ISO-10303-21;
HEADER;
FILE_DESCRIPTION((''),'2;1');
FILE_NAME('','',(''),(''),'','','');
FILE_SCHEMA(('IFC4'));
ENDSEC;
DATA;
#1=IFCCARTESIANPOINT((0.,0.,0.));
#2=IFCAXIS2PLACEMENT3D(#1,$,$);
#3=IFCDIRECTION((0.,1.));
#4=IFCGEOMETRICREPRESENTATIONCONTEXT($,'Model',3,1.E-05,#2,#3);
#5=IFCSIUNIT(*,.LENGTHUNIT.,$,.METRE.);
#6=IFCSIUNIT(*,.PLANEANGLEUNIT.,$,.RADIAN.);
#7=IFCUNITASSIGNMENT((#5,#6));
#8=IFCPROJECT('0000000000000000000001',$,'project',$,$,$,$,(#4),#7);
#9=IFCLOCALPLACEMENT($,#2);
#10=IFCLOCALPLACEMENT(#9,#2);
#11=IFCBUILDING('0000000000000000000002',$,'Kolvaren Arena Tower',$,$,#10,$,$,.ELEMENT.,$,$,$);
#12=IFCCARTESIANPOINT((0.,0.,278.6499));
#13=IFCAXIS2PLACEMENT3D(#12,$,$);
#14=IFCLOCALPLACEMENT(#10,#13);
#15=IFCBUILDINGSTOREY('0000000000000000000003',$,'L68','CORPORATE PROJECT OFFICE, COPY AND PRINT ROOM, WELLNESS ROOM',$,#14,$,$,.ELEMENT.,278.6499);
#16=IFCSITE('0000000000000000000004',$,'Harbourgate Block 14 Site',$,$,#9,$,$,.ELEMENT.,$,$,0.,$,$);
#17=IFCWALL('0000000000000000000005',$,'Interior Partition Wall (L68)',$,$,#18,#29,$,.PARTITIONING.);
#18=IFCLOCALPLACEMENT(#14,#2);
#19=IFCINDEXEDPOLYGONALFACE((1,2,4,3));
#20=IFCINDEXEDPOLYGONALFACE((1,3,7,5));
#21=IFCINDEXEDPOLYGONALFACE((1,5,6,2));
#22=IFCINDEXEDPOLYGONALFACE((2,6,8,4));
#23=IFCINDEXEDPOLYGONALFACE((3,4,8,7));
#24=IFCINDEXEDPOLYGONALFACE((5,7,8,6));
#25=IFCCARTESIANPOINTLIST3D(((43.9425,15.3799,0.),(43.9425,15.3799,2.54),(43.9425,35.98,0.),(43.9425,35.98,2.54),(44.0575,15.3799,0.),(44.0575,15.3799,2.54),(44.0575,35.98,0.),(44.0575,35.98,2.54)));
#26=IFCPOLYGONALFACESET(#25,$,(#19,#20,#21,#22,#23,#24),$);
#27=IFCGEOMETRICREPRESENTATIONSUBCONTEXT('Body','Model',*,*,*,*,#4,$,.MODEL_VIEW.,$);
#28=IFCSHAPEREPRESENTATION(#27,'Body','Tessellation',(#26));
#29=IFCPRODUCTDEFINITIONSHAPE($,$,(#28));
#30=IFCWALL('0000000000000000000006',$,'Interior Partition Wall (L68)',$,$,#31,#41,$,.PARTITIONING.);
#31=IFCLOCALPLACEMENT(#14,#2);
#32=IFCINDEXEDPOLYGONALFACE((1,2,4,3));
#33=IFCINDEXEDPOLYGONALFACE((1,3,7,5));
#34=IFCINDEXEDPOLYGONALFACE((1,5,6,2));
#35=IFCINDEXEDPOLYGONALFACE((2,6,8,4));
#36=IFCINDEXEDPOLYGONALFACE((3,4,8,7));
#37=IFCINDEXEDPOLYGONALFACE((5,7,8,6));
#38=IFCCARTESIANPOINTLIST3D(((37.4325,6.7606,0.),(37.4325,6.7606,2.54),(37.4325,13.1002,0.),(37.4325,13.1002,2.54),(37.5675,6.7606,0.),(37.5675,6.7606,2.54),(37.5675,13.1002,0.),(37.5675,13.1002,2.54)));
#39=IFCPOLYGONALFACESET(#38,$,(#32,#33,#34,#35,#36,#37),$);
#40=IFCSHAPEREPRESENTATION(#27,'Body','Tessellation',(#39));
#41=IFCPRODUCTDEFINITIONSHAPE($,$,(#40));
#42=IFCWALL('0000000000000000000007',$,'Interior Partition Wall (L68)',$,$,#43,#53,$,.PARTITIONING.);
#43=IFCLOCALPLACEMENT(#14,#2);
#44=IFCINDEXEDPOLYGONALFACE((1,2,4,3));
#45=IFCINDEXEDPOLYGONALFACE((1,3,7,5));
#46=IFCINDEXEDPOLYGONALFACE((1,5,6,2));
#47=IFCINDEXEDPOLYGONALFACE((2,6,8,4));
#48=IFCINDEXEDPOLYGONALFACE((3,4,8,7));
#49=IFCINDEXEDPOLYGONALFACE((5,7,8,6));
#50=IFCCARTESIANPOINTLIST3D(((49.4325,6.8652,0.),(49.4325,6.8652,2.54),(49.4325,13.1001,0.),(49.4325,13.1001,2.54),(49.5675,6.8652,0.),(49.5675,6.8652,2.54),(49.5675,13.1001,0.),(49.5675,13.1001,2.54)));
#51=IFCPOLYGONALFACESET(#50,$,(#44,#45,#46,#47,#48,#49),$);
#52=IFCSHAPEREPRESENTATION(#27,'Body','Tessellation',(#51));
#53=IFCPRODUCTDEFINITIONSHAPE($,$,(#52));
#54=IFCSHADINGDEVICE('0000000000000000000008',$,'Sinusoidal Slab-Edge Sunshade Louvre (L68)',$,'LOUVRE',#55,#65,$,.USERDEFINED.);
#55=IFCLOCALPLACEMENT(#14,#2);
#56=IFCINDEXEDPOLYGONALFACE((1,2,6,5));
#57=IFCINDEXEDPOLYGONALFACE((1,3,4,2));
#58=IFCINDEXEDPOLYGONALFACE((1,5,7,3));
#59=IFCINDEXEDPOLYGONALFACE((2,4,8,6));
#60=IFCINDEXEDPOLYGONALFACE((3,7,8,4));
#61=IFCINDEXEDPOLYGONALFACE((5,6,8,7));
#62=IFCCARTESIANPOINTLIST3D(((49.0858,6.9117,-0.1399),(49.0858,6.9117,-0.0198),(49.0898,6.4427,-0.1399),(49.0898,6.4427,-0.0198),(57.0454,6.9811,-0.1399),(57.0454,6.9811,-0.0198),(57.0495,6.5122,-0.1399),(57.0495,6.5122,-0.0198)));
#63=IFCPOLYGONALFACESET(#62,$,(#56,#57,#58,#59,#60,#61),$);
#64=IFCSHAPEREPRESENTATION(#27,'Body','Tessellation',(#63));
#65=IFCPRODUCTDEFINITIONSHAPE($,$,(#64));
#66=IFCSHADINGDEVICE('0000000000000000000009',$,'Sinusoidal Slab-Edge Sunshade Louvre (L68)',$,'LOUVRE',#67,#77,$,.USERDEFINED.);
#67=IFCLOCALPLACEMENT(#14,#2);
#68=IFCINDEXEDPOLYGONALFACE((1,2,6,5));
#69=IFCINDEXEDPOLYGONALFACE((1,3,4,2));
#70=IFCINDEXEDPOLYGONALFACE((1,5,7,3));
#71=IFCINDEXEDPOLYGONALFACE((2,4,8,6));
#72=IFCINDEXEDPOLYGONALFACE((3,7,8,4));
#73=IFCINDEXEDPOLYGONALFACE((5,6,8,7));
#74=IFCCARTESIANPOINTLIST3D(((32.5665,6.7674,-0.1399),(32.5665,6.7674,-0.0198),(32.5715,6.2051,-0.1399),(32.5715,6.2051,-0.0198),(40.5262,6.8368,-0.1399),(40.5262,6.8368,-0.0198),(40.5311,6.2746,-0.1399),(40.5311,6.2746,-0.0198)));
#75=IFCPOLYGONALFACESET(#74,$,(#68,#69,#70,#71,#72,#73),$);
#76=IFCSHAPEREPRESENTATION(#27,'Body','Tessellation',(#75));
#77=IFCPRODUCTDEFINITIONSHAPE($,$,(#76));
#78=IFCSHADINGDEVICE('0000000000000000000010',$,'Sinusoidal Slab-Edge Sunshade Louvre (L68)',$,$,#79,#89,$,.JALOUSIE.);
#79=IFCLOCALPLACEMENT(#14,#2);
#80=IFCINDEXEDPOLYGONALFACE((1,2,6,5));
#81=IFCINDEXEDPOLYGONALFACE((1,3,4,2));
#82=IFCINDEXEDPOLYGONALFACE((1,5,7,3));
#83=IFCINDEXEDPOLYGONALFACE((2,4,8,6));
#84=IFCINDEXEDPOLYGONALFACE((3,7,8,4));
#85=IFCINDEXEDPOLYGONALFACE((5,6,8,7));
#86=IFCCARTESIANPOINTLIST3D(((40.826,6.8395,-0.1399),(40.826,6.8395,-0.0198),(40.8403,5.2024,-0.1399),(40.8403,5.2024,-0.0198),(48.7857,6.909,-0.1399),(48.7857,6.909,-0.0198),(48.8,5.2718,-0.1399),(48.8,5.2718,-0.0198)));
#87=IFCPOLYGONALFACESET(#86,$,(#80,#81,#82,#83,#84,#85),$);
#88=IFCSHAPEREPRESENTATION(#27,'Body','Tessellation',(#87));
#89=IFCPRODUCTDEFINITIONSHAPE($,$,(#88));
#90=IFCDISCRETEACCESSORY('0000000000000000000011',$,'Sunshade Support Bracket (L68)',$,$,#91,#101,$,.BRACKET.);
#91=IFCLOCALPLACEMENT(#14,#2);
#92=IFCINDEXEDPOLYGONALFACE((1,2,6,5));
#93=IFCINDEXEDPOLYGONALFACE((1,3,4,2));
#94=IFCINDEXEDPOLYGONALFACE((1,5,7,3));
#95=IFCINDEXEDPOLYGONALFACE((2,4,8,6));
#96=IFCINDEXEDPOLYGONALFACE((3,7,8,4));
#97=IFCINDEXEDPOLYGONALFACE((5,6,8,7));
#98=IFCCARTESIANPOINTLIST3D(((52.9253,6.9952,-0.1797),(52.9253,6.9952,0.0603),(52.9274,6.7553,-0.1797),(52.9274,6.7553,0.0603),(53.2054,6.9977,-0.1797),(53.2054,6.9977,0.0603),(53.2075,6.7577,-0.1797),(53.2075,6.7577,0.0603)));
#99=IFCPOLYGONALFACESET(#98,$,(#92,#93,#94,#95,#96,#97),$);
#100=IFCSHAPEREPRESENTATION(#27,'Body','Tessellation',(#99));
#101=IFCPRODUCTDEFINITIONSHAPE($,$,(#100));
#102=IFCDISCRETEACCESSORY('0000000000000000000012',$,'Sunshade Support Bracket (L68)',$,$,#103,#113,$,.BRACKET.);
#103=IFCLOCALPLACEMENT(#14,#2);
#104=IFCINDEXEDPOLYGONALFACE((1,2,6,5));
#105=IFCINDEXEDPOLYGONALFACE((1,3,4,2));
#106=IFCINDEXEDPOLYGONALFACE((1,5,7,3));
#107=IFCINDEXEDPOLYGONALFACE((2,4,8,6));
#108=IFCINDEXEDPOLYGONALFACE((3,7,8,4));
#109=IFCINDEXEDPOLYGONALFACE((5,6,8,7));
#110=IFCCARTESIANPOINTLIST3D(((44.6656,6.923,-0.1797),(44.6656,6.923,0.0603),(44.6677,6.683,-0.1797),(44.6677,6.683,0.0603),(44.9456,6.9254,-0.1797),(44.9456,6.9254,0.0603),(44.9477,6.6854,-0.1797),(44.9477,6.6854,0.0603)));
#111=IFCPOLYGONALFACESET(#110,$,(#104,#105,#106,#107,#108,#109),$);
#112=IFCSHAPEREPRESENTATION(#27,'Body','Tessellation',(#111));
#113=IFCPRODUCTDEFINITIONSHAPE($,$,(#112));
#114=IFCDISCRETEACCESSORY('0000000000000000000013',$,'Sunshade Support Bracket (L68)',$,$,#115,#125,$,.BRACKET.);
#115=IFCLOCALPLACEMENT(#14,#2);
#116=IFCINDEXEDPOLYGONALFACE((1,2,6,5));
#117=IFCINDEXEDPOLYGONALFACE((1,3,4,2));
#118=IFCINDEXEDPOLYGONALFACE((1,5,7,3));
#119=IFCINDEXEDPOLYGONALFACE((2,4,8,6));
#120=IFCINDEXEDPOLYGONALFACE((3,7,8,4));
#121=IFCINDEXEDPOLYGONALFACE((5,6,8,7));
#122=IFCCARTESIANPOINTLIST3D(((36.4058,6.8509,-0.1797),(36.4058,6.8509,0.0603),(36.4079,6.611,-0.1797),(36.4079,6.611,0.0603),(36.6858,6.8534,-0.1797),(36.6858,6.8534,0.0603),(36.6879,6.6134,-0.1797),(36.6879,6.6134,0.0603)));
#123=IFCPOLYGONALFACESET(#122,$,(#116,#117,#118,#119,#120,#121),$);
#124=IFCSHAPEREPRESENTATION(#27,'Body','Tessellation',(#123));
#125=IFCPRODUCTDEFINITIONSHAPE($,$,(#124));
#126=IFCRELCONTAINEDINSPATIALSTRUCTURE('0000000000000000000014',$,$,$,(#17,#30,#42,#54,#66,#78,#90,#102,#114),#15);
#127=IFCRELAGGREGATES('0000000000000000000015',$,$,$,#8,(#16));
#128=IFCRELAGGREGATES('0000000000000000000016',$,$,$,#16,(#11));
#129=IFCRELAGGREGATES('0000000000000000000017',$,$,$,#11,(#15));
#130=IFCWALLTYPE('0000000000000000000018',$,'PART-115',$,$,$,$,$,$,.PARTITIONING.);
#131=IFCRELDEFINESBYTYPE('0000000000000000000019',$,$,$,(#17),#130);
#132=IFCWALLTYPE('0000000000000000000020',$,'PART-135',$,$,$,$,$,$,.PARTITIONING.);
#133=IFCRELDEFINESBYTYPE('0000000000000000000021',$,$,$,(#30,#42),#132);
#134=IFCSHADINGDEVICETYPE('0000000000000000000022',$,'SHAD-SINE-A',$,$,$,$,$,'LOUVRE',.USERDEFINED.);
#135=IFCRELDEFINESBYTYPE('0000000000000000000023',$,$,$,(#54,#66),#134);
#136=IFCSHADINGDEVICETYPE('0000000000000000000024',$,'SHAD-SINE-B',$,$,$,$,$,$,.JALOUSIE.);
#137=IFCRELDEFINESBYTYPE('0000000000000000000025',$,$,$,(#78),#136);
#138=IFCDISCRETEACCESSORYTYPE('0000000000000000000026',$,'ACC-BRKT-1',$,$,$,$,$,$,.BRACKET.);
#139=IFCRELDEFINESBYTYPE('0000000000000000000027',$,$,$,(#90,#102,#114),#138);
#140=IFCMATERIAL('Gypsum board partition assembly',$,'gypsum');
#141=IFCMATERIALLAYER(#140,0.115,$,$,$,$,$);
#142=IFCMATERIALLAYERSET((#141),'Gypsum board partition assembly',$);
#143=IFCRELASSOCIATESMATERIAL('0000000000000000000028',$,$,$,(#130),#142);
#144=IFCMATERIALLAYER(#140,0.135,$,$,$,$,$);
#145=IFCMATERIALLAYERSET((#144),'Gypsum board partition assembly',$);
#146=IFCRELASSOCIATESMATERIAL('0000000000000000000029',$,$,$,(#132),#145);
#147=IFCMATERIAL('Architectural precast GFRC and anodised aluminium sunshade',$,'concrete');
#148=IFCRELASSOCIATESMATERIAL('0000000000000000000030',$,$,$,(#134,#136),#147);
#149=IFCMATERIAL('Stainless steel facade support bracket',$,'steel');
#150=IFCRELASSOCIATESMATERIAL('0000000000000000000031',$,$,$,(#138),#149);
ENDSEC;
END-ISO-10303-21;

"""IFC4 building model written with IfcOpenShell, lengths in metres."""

from ifc_helpers import new_model, si_unit, direction, frame, frame_2d, origin, origin_2d, place, context, subcontext, project, spatial, rectangle, extrude, material, layer, layer_set, type_object, element, save


model = new_model("IFC4")

# Units and contexts
model_context = context("Model", 3, precision=1e-05, world=origin(), true_north=direction((0.0, 1.0)))
body_context = subcontext(model_context, "Body", "Model", "MODEL_VIEW")
ifc_project = project(units=[si_unit("LENGTHUNIT", "METRE"), si_unit("PLANEANGLEUNIT", "RADIAN")], contexts=[model_context])

# Site, building, storey
site_placement = place(None, origin())
site = spatial("IfcSite", under=ifc_project, at=site_placement, Name="Harbourgate Block 14 Site", CompositionType="ELEMENT", RefElevation=0.0)
building_placement = place(site_placement, origin())
building = spatial("IfcBuilding", under=site, at=building_placement, Name="Kolvaren Arena Tower", CompositionType="ELEMENT")
storey_placement = place(building_placement, frame((0.0, 0.0, 278.6499)))
storey = spatial("IfcBuildingStorey", under=building, at=storey_placement, Name="L68", Description="CORPORATE PROJECT OFFICE, COPY AND PRINT ROOM, WELLNESS ROOM", CompositionType="ELEMENT", Elevation=278.6499)

# Walls
ifc_material_1 = material(Name="Gypsum board partition assembly", Category="gypsum")
ifc_layer_1 = layer(ifc_material_1, 0.115)
ifc_layer_set_1 = layer_set([ifc_layer_1], Name="Gypsum board partition assembly")
wall_type_1 = type_object("IfcWallType", Name="PART-115", PredefinedType="PARTITIONING", material=ifc_layer_set_1)
wall_1_placement = place(storey_placement, frame((44.0, 15.3799, 0.0), z_axis=(0.0, 0.0, 1.0), x_axis=(0.0, 1.0, 0.0)))
element("IfcWall", 1, at=wall_1_placement, inside=storey, type_object=wall_type_1, Name="Interior Partition Wall (L68)", PredefinedType="PARTITIONING", context=body_context, shape_type="SweptSolid", body=[
    extrude(rectangle(XDim=20.6001, YDim=0.115, at=frame_2d((10.3, 0.0))), origin(), (0.0, 0.0, 1.0), 2.54),
])
ifc_layer_2 = layer(ifc_material_1, 0.135)
ifc_layer_set_2 = layer_set([ifc_layer_2], Name="Gypsum board partition assembly")
wall_type_2 = type_object("IfcWallType", Name="PART-135", PredefinedType="PARTITIONING", material=ifc_layer_set_2)
wall_2_placement = place(storey_placement, frame((37.5, 6.7605, 0.0), z_axis=(0.0, 0.0, 1.0), x_axis=(0.0, 1.0, 0.0)))
element("IfcWall", 2, at=wall_2_placement, inside=storey, type_object=wall_type_2, Name="Interior Partition Wall (L68)", PredefinedType="PARTITIONING", context=body_context, shape_type="SweptSolid", body=[
    extrude(rectangle(XDim=6.3396, YDim=0.135, at=frame_2d((3.1699, 0.0))), origin(), (0.0, 0.0, 1.0), 2.54),
])
wall_3_placement = place(storey_placement, frame((49.5, 6.8652, 0.0), z_axis=(0.0, 0.0, 1.0), x_axis=(0.0, 1.0, 0.0)))
element("IfcWall", 3, at=wall_3_placement, inside=storey, type_object=wall_type_2, Name="Interior Partition Wall (L68)", PredefinedType="PARTITIONING", context=body_context, shape_type="SweptSolid", body=[
    extrude(rectangle(XDim=6.2349, YDim=0.135, at=frame_2d((3.1174, 0.0))), origin(), (0.0, 0.0, 1.0), 2.54),
])

# Shading devices
ifc_material_2 = material(Name="Architectural precast GFRC and anodised aluminium sunshade", Category="concrete")
shading_device_type_1 = type_object("IfcShadingDeviceType", Name="SHAD-SINE-A", ElementType="LOUVRE", PredefinedType="USERDEFINED", material=ifc_material_2)
shading_device_1_placement = place(storey_placement, frame((53.0676, 6.7119, -0.1399), z_axis=(0.0, 0.0, 1.0), x_axis=(-0.999962, -0.008727, 0.0)))
element("IfcShadingDevice", 4, at=shading_device_1_placement, inside=storey, type_object=shading_device_type_1, Name="Sinusoidal Slab-Edge Sunshade Louvre (L68)", ObjectType="LOUVRE", PredefinedType="USERDEFINED", context=body_context, shape_type="SweptSolid", body=[
    extrude(rectangle(XDim=7.96, YDim=0.469, at=origin_2d()), origin(), (0.0, 0.0, 1.0), 0.1201),
])
shading_device_2_placement = place(storey_placement, frame((36.5488, 6.521, -0.1399), z_axis=(0.0, 0.0, 1.0), x_axis=(-0.999962, -0.008727, 0.0)))
element("IfcShadingDevice", 5, at=shading_device_2_placement, inside=storey, type_object=shading_device_type_1, Name="Sinusoidal Slab-Edge Sunshade Louvre (L68)", ObjectType="LOUVRE", PredefinedType="USERDEFINED", context=body_context, shape_type="SweptSolid", body=[
    extrude(rectangle(XDim=7.96, YDim=0.5623, at=origin_2d()), origin(), (0.0, 0.0, 1.0), 0.1201),
])
shading_device_type_2 = type_object("IfcShadingDeviceType", Name="SHAD-SINE-B", PredefinedType="JALOUSIE", material=ifc_material_2)
shading_device_3_placement = place(storey_placement, frame((44.813, 6.0557, -0.1399), z_axis=(0.0, 0.0, 1.0), x_axis=(-0.999962, -0.008727, 0.0)))
element("IfcShadingDevice", 6, at=shading_device_3_placement, inside=storey, type_object=shading_device_type_2, Name="Sinusoidal Slab-Edge Sunshade Louvre (L68)", PredefinedType="JALOUSIE", context=body_context, shape_type="SweptSolid", body=[
    extrude(rectangle(XDim=7.96, YDim=1.6372, at=origin_2d()), origin(), (0.0, 0.0, 1.0), 0.1201),
])

# Discrete accessories
ifc_material_3 = material(Name="Stainless steel facade support bracket", Category="steel")
discrete_accessory_type = type_object("IfcDiscreteAccessoryType", Name="ACC-BRKT-1", PredefinedType="BRACKET", material=ifc_material_3)
for number, where, z_axis, x_axis, name in (
    (7, (53.0664, 6.8765, -0.1797), (0.0, 0.0, 1.0), (-0.999962, -0.008727, 0.0), "Sunshade Support Bracket (L68)"),
    (8, (44.8066, 6.8042, -0.1797), (0.0, 0.0, 1.0), (-0.999962, -0.008727, 0.0), "Sunshade Support Bracket (L68)"),
    (9, (36.5469, 6.7322, -0.1797), (0.0, 0.0, 1.0), (-0.999962, -0.008727, 0.0), "Sunshade Support Bracket (L68)"),
):
    element("IfcDiscreteAccessory", number, at=place(storey_placement, frame(where, z_axis=z_axis, x_axis=x_axis)), inside=storey, type_object=discrete_accessory_type, Name=name, PredefinedType="BRACKET", context=body_context, shape_type="SweptSolid", body=[
        extrude(rectangle(XDim=0.28, YDim=0.24, at=origin_2d()), origin(), (0.0, 0.0, 1.0), 0.24),
    ])

save(model, "model.ifc")
